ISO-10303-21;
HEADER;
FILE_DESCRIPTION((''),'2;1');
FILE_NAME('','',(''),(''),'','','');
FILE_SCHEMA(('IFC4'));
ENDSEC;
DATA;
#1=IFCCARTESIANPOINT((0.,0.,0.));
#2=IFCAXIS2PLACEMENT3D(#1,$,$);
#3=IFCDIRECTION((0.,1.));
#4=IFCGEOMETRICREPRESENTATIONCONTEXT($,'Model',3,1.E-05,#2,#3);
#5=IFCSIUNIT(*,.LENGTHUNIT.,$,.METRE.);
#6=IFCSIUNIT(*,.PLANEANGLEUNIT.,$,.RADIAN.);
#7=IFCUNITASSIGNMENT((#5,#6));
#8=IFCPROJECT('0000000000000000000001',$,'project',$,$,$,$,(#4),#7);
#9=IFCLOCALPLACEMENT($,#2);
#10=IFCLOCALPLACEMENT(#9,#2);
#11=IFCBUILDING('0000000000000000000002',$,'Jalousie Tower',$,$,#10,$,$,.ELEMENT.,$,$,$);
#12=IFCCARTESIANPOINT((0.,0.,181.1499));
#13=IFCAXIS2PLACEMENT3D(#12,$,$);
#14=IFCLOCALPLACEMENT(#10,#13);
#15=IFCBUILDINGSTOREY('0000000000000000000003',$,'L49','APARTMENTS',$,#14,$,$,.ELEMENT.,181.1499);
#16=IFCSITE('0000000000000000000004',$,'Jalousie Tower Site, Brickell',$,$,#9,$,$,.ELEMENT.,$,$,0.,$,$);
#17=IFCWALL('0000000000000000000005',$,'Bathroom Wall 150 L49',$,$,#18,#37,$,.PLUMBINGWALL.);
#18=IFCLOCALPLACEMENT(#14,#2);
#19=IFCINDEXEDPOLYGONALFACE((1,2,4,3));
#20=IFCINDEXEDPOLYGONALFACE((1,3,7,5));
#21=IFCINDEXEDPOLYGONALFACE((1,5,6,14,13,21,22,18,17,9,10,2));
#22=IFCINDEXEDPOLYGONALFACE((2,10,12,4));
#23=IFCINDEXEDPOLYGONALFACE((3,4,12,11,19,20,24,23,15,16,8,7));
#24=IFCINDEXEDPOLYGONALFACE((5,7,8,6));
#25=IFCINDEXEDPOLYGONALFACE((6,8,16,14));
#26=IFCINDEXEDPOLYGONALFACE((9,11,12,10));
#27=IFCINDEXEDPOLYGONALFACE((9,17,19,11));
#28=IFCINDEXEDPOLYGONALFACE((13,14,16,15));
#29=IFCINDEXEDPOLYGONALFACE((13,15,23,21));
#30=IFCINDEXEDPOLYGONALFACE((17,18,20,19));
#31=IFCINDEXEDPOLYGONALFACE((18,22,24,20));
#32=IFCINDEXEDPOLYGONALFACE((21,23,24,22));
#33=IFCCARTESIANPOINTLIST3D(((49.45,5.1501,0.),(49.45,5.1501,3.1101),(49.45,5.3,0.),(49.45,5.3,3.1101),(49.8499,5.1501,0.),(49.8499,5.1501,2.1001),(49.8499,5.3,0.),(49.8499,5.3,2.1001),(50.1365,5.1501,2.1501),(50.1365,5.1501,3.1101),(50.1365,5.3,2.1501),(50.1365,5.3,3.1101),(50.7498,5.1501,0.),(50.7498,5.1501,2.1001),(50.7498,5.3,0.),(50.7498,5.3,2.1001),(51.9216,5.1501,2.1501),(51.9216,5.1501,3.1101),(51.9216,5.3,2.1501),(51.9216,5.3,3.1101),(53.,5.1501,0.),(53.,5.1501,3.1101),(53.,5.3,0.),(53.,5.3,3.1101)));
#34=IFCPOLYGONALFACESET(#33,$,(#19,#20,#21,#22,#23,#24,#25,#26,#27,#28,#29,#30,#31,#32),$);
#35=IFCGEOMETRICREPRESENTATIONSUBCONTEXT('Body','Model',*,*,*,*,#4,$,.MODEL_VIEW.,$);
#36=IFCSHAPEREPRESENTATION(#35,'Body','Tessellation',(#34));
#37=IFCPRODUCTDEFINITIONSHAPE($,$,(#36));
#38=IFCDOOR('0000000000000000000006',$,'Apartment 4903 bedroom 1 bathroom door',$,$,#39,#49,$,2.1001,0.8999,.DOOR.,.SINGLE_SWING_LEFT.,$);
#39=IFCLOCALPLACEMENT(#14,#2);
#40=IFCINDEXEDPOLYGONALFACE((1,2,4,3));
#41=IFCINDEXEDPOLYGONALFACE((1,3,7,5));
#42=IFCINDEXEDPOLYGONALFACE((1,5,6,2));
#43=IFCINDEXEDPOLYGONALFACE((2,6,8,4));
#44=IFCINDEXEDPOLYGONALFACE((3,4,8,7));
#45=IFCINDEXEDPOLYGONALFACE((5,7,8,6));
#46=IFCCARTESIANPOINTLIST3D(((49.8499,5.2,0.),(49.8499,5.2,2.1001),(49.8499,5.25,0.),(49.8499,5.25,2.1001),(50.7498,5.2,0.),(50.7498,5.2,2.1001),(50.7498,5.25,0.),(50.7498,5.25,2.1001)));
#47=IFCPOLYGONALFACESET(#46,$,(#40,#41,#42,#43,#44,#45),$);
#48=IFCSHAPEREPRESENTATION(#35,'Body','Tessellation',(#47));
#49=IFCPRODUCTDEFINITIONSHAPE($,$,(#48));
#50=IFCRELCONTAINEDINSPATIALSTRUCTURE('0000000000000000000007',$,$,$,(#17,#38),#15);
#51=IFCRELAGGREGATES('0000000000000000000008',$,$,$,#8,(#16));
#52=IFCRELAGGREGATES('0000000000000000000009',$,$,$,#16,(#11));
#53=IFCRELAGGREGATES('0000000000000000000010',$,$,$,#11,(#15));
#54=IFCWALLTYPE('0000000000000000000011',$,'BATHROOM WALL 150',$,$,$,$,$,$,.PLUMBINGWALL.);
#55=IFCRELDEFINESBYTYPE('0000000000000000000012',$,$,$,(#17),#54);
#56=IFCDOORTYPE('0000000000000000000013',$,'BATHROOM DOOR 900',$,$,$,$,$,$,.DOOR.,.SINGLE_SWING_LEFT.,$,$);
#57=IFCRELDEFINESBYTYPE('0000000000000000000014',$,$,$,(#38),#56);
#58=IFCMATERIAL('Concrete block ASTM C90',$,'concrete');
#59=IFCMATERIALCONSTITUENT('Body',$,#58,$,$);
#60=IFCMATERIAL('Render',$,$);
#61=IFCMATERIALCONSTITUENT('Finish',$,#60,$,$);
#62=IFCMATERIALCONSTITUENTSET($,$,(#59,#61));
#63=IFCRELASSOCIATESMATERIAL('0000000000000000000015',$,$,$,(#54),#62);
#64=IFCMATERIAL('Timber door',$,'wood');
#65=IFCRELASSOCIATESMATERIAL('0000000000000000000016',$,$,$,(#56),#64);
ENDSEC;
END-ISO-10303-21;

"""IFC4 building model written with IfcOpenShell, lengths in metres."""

from ifc_helpers import new_model, si_unit, direction, frame, frame_2d, origin, place, context, subcontext, project, spatial, polyline, rectangle, outline, extrude, material, constituent, constituent_set, type_object, element, fill, save


model = new_model("IFC4")

# Units and contexts
model_context = context("Model", 3, precision=1e-05, world=origin(), true_north=direction((0.0, 1.0)))
body_context = subcontext(model_context, "Body", "Model", "MODEL_VIEW")
ifc_project = project(units=[si_unit("LENGTHUNIT", "METRE"), si_unit("PLANEANGLEUNIT", "RADIAN")], contexts=[model_context])

# Site, building, storey
site_placement = place(None, origin())
site = spatial("IfcSite", under=ifc_project, at=site_placement, Name="Jalousie Tower Site, Brickell", CompositionType="ELEMENT", RefElevation=0.0)
building_placement = place(site_placement, origin())
building = spatial("IfcBuilding", under=site, at=building_placement, Name="Jalousie Tower", CompositionType="ELEMENT")
storey_placement = place(building_placement, frame((0.0, 0.0, 181.1499)))
storey = spatial("IfcBuildingStorey", under=building, at=storey_placement, Name="L49", Description="APARTMENTS", CompositionType="ELEMENT", Elevation=181.1499)

# Wall, opening, door
ifc_material_1 = material(Name="Concrete block ASTM C90", Category="concrete")
ifc_constituent_1 = constituent(ifc_material_1, Name="Body")
ifc_material_2 = material(Name="Render")
ifc_constituent_2 = constituent(ifc_material_2, Name="Finish")
ifc_constituent_set_1 = constituent_set(constituents=[ifc_constituent_1, ifc_constituent_2])
wall_type_1 = type_object("IfcWallType", Name="BATHROOM WALL 150", PredefinedType="PLUMBINGWALL", material=ifc_constituent_set_1)
wall_1_placement = place(storey_placement, frame((49.45, 5.2251, 0.0), z_axis=(0.0, 0.0, 1.0), x_axis=(1.0, 0.0, 0.0)))
wall_1 = element("IfcWall", 1, at=wall_1_placement, inside=storey, type_object=wall_type_1, Name="Bathroom Wall 150 L49", PredefinedType="PLUMBINGWALL", context=body_context, shape_type="SweptSolid", body=[
    extrude(outline(polyline([(0.0, 0.0), (3.55, 0.0), (3.55, 3.1101), (2.4717, 3.1101), (2.4717, 2.1501), (0.6865, 2.1501), (0.6865, 3.1101), (0.0, 3.1101), (0.0, 0.0)])), frame((0.0, 0.075, 0.0), z_axis=(0.0, -1.0, 0.0), x_axis=(1.0, 0.0, 0.0)), (0.0, 0.0, 1.0), 0.1499),
])
opening_1_placement = place(wall_1_placement, frame((0.3999, 0.0, 0.0)))
opening_1 = element("IfcOpeningElement", 2, at=opening_1_placement, cuts=wall_1, PredefinedType="OPENING", context=body_context, shape_type="SweptSolid", body=[
    extrude(rectangle(XDim=0.8999, YDim=2.1001, at=frame_2d((0.45, 1.05))), frame((0.0, 0.085, 0.0), z_axis=(0.0, -1.0, 0.0), x_axis=(1.0, 0.0, 0.0)), (0.0, 0.0, 1.0), 0.1699),
])
ifc_material_3 = material(Name="Timber door", Category="wood")
door_type_1 = type_object("IfcDoorType", Name="BATHROOM DOOR 900", OperationType="SINGLE_SWING_LEFT", PredefinedType="DOOR", material=ifc_material_3)
door_1_placement = place(opening_1_placement, origin())
door_1 = element("IfcDoor", 3, at=door_1_placement, inside=storey, type_object=door_type_1, Name="Apartment 4903 bedroom 1 bathroom door", OperationType="SINGLE_SWING_LEFT", OverallHeight=2.1001, OverallWidth=0.8999, PredefinedType="DOOR", context=body_context, shape_type="SweptSolid", body=[
    extrude(rectangle(XDim=0.8999, YDim=2.1001, at=frame_2d((0.45, 1.05))), frame((0.0, 0.0249, 0.0), z_axis=(0.0, -1.0, 0.0), x_axis=(1.0, 0.0, 0.0)), (0.0, 0.0, 1.0), 0.05),
])
fill(opening_1, door_1)

save(model, "model.ifc")
